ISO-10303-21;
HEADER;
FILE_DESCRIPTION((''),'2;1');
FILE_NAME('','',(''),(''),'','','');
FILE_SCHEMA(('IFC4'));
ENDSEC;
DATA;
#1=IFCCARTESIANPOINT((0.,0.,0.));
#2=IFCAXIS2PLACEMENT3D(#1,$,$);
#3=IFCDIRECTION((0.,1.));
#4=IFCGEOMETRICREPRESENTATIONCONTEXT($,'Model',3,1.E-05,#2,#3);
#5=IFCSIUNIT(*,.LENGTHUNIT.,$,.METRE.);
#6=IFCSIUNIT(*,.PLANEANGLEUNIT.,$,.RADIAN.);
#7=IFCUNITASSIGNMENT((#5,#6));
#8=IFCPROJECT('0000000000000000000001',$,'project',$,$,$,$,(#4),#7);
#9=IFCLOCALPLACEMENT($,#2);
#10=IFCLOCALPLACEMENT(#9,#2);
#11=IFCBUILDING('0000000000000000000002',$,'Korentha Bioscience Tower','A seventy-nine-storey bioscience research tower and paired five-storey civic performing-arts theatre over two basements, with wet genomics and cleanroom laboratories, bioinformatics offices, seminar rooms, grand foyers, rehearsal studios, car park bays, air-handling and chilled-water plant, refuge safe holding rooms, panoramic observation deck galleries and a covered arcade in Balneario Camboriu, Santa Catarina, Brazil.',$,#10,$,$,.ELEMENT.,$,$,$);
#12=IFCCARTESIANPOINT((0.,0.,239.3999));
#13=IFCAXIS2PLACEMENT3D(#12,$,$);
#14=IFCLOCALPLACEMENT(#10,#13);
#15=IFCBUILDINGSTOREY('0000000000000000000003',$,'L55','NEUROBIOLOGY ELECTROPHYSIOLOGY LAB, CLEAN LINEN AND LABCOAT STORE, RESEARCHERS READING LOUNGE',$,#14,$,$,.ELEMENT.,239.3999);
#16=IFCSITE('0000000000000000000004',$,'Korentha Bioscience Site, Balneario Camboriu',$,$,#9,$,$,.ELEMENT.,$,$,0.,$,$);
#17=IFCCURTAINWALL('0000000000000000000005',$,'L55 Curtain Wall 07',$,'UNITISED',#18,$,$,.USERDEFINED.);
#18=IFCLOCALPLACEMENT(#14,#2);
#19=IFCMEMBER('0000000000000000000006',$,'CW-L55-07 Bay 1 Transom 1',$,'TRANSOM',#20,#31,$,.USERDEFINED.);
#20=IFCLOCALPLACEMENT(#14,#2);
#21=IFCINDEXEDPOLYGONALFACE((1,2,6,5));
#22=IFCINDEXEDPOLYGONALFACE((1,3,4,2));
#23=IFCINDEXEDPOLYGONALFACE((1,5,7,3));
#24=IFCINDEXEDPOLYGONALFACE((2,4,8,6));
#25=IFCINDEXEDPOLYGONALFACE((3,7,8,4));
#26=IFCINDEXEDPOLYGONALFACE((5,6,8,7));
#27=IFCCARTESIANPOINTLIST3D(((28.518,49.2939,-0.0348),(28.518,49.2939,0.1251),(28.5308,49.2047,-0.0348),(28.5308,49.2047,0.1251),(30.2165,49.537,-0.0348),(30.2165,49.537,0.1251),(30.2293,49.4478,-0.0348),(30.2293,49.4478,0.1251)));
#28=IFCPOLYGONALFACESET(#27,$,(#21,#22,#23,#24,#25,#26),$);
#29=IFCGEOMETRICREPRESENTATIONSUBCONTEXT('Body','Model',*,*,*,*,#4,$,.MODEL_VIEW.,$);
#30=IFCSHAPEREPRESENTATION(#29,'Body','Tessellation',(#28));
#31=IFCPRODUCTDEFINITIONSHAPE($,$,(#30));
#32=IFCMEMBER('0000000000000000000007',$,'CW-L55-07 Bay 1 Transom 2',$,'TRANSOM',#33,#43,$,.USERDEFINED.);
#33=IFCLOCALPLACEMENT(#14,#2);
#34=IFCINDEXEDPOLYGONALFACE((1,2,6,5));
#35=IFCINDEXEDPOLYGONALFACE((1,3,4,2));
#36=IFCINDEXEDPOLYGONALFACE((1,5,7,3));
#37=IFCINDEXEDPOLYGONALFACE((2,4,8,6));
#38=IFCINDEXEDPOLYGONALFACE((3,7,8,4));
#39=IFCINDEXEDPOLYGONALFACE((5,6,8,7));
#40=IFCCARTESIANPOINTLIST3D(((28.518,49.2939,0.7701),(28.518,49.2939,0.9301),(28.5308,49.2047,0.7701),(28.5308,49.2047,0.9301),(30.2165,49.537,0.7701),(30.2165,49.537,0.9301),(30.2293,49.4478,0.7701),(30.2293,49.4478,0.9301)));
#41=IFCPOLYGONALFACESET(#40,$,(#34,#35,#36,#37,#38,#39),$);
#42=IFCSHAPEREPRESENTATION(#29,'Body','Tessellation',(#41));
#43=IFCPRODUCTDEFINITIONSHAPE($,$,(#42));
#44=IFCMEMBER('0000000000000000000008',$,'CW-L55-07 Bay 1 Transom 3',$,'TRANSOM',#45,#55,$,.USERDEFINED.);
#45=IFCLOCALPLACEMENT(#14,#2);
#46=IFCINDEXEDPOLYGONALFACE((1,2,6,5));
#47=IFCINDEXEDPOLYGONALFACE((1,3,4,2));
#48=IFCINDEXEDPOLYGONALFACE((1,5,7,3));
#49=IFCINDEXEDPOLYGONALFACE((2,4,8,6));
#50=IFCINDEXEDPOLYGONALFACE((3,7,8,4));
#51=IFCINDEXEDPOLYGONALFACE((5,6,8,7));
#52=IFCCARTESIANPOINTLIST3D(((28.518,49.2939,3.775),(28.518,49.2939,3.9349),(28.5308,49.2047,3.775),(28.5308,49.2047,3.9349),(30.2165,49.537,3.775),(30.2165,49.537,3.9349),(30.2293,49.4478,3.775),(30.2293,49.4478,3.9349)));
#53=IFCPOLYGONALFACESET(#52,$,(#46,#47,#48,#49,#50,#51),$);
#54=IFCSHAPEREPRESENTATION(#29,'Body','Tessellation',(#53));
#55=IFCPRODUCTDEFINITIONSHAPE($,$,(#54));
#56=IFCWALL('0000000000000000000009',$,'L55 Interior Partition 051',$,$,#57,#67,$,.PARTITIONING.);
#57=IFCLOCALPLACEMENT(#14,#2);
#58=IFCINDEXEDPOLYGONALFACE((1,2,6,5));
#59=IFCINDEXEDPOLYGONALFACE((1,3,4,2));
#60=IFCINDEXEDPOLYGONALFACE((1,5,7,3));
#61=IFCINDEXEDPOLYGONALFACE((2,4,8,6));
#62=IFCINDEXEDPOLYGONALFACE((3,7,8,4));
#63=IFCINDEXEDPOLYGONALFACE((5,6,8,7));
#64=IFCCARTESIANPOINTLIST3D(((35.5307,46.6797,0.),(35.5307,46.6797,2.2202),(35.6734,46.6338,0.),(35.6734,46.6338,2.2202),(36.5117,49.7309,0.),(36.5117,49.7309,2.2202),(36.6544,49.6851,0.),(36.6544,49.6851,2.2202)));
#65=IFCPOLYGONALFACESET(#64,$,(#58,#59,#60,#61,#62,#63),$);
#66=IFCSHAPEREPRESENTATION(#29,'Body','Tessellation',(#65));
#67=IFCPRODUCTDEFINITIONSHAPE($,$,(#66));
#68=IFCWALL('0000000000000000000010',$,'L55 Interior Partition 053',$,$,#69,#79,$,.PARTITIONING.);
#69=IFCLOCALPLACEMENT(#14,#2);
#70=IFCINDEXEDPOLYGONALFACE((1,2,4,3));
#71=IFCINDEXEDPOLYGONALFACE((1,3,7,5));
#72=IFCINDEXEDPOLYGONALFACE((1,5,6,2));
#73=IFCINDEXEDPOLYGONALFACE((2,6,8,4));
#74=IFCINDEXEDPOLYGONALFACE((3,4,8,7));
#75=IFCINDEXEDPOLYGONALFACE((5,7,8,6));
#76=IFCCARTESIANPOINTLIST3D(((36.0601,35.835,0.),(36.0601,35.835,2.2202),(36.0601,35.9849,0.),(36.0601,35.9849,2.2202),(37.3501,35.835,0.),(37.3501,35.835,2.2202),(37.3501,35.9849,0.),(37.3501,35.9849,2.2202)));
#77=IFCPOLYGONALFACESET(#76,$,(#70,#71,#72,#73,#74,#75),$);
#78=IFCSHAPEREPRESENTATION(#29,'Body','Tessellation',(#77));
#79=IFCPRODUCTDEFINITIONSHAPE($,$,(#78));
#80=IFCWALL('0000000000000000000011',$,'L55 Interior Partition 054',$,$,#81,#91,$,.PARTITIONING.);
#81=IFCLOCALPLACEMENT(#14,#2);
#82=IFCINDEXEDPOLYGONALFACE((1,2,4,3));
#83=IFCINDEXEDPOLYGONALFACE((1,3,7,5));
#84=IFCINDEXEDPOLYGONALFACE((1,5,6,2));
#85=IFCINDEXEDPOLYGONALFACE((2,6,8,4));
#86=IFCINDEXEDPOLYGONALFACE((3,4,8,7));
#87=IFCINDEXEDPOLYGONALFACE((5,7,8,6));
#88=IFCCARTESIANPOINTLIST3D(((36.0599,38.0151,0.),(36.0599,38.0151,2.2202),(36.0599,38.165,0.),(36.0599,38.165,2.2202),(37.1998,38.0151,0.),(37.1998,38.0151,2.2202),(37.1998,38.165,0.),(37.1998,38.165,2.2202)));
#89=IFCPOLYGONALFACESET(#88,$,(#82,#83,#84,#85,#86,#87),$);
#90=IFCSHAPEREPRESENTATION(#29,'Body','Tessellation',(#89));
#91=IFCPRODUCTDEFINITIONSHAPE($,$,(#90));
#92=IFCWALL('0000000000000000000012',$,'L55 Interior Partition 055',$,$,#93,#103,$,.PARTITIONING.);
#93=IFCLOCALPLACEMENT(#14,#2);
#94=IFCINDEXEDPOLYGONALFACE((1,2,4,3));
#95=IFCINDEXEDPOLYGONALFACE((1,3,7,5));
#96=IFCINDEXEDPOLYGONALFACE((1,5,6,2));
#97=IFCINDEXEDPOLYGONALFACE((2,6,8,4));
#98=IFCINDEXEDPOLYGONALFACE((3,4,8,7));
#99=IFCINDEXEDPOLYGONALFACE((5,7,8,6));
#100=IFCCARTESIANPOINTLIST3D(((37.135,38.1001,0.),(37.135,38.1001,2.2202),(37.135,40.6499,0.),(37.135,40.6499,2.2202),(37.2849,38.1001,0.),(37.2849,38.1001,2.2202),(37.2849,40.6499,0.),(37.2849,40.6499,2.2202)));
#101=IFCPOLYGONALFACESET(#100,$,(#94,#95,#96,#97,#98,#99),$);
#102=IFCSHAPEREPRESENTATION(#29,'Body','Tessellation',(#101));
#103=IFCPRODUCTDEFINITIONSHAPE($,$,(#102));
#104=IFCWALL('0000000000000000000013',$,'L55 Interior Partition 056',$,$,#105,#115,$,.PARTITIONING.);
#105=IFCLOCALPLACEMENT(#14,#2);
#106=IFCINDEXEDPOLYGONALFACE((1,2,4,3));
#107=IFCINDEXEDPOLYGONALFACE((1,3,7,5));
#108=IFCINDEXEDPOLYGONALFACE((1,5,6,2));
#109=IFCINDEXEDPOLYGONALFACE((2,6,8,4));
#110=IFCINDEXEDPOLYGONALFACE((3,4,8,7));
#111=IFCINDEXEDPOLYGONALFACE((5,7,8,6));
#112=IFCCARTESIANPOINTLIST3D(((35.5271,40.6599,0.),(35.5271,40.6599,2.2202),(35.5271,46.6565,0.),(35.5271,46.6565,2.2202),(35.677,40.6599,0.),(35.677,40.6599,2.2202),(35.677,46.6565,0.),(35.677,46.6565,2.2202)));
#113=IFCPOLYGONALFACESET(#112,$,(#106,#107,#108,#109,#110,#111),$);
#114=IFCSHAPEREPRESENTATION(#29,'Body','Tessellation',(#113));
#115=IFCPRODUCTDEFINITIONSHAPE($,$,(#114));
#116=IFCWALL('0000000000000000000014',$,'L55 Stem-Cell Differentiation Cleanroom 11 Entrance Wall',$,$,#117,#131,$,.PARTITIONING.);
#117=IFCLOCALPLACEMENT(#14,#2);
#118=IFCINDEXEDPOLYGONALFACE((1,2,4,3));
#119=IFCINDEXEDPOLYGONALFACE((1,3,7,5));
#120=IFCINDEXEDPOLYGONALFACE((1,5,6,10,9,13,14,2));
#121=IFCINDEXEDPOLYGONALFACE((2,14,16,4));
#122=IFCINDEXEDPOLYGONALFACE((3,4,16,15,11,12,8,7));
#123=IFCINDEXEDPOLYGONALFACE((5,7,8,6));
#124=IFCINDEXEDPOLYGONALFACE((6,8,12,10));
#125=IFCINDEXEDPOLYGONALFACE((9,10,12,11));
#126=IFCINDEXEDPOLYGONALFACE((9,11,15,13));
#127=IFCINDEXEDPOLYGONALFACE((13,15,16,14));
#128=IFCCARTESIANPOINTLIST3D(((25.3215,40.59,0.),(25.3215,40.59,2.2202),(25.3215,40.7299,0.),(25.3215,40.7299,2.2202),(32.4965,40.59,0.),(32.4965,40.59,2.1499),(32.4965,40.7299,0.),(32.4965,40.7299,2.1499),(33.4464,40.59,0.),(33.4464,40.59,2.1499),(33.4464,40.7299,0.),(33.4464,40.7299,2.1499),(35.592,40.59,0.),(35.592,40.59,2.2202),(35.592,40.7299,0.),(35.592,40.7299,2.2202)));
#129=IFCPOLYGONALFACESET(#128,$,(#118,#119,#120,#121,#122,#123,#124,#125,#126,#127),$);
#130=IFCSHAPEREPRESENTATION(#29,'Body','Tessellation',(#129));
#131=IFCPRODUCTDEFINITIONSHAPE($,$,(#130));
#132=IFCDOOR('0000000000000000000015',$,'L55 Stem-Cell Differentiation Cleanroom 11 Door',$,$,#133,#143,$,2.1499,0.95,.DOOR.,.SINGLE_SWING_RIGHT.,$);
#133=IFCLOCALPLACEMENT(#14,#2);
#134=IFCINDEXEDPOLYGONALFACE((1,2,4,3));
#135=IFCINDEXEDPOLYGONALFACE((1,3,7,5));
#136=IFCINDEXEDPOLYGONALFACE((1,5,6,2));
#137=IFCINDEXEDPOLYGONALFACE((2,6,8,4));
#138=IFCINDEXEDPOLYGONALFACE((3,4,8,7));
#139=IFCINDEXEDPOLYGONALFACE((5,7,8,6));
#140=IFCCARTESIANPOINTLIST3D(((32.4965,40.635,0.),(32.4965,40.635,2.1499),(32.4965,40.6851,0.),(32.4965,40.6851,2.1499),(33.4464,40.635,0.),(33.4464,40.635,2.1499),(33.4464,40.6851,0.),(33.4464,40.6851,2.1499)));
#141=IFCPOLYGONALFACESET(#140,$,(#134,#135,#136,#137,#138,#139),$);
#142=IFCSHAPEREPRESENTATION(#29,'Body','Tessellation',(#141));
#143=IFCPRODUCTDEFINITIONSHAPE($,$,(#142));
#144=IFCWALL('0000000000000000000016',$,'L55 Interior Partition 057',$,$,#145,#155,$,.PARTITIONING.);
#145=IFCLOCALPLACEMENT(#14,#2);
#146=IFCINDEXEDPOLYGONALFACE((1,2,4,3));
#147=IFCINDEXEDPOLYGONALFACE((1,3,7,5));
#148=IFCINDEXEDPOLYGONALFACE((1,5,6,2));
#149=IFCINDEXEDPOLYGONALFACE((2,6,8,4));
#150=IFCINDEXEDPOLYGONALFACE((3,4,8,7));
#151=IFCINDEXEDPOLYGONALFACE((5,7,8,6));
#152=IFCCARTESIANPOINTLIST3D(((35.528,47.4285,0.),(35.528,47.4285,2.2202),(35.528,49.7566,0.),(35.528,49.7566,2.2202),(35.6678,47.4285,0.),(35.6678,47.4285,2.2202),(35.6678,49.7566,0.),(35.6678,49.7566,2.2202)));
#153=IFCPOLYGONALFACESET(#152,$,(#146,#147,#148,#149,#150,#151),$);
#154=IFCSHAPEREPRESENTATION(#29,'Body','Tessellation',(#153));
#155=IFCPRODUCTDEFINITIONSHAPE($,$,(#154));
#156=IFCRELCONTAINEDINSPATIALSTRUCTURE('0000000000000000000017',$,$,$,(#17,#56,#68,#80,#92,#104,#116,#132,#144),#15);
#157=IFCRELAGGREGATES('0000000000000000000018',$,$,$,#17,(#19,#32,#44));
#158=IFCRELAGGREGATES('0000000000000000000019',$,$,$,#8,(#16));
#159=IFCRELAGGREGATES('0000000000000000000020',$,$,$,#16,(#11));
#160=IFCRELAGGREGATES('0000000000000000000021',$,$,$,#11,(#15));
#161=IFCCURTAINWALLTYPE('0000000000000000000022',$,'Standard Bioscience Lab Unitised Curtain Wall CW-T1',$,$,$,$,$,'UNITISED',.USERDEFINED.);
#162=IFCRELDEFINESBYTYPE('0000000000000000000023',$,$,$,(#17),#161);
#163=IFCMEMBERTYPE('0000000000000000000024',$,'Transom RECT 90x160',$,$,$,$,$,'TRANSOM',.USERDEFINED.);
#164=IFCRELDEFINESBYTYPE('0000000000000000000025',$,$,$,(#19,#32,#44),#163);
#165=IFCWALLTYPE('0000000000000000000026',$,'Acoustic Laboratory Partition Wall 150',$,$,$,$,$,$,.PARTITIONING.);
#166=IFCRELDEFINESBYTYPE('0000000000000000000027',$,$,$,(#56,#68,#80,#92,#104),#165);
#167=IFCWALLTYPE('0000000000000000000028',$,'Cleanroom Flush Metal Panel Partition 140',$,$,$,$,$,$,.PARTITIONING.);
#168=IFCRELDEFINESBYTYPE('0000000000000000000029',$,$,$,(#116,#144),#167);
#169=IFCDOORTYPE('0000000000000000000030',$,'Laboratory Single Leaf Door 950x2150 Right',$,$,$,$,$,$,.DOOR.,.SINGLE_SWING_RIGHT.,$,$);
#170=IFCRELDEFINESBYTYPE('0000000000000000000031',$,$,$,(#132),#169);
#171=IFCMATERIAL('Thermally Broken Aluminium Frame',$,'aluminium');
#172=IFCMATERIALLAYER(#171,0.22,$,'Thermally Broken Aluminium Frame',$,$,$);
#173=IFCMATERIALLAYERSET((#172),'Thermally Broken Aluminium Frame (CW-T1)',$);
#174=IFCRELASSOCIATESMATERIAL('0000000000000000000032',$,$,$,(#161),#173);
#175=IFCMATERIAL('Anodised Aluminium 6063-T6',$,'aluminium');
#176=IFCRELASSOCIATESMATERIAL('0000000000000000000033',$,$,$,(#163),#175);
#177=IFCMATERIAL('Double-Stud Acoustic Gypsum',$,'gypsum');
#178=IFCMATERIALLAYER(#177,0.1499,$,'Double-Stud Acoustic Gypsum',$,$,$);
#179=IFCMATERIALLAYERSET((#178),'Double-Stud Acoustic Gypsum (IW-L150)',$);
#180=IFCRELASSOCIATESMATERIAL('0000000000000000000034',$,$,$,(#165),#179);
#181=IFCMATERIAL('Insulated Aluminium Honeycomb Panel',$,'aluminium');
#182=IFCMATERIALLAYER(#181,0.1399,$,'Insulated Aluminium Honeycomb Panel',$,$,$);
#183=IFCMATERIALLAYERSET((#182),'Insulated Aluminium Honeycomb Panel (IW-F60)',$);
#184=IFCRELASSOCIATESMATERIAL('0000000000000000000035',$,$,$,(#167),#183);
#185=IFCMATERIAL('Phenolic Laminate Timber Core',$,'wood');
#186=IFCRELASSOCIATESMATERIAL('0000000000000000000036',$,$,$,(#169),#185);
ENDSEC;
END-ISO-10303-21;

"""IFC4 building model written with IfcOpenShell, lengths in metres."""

from ifc_helpers import new_model, si_unit, direction, frame, frame_2d, origin, origin_2d, place, context, subcontext, project, spatial, rectangle, extrude, material, layer, layer_set, material_profile, profile_set, type_object, element, fill, aggregate, save


model = new_model("IFC4")

# Units and contexts
model_context = context("Model", 3, precision=1e-05, world=origin(), true_north=direction((0.0, 1.0)))
body_context = subcontext(model_context, "Body", "Model", "MODEL_VIEW")
ifc_project = project(units=[si_unit("LENGTHUNIT", "METRE"), si_unit("PLANEANGLEUNIT", "RADIAN")], contexts=[model_context])

# Site, building, storey
site_placement = place(None, origin())
site = spatial("IfcSite", under=ifc_project, at=site_placement, Name="Korentha Bioscience Site, Balneario Camboriu", CompositionType="ELEMENT", RefElevation=0.0)
building_placement = place(site_placement, origin())
building = spatial("IfcBuilding", under=site, at=building_placement, Name="Korentha Bioscience Tower", Description="A seventy-nine-storey bioscience research tower and paired five-storey civic performing-arts theatre over two basements, with wet genomics and cleanroom laboratories, bioinformatics offices, seminar rooms, grand foyers, rehearsal studios, car park bays, air-handling and chilled-water plant, refuge safe holding rooms, panoramic observation deck galleries and a covered arcade in Balneario Camboriu, Santa Catarina, Brazil.", CompositionType="ELEMENT")
storey_placement = place(building_placement, frame((0.0, 0.0, 239.3999)))
storey = spatial("IfcBuildingStorey", under=building, at=storey_placement, Name="L55", Description="NEUROBIOLOGY ELECTROPHYSIOLOGY LAB, CLEAN LINEN AND LABCOAT STORE, RESEARCHERS READING LOUNGE", CompositionType="ELEMENT", Elevation=239.3999)

# Curtain wall, members
ifc_material_1 = material(Name="Thermally Broken Aluminium Frame", Category="aluminium")
ifc_layer_1 = layer(ifc_material_1, 0.22, Name="Thermally Broken Aluminium Frame")
ifc_layer_set_1 = layer_set([ifc_layer_1], Name="Thermally Broken Aluminium Frame (CW-T1)")
curtain_wall_type = type_object("IfcCurtainWallType", Name="Standard Bioscience Lab Unitised Curtain Wall CW-T1", ElementType="UNITISED", PredefinedType="USERDEFINED", material=ifc_layer_set_1)
curtain_wall_placement = place(storey_placement, origin())
curtain_wall = element("IfcCurtainWall", 1, at=curtain_wall_placement, inside=storey, type_object=curtain_wall_type, Name="L55 Curtain Wall 07", ObjectType="UNITISED", PredefinedType="USERDEFINED")
ifc_material_2 = material(Name="Anodised Aluminium 6063-T6", Category="aluminium")
ifc_material_profile_1 = material_profile(ifc_material_2, rectangle(XDim=0.0901, YDim=0.1599, at=origin_2d()), Name="Anodised Aluminium 6063-T6")
ifc_profile_set_1 = profile_set([ifc_material_profile_1], Name="Anodised Aluminium 6063-T6 (CW-TRN)")
member_type_1 = type_object("IfcMemberType", Name="Transom RECT 90x160", ElementType="TRANSOM", PredefinedType="USERDEFINED", material=ifc_profile_set_1)
member_1_placement = place(storey_placement, frame((30.2229, 49.4924, 0.0452), z_axis=(-0.989907, -0.14172, 0.0), x_axis=(0.14172, -0.989907, 0.0)))
member_1 = element("IfcMember", 2, at=member_1_placement, type_object=member_type_1, Name="CW-L55-07 Bay 1 Transom 1", ObjectType="TRANSOM", PredefinedType="USERDEFINED", context=body_context, shape_type="SweptSolid", body=[
    extrude(rectangle(XDim=0.0901, YDim=0.1599, at=origin_2d()), origin(), (0.0, 0.0, 1.0), 1.7158),
])
member_2_placement = place(storey_placement, frame((30.2229, 49.4924, 0.8501), z_axis=(-0.989907, -0.14172, 0.0), x_axis=(0.14172, -0.989907, 0.0)))
member_2 = element("IfcMember", 3, at=member_2_placement, type_object=member_type_1, Name="CW-L55-07 Bay 1 Transom 2", ObjectType="TRANSOM", PredefinedType="USERDEFINED", context=body_context, shape_type="SweptSolid", body=[
    extrude(rectangle(XDim=0.0901, YDim=0.1599, at=origin_2d()), origin(), (0.0, 0.0, 1.0), 1.7158),
])
member_3_placement = place(storey_placement, frame((30.2229, 49.4924, 3.855), z_axis=(-0.989907, -0.14172, 0.0), x_axis=(0.14172, -0.989907, 0.0)))
member_3 = element("IfcMember", 4, at=member_3_placement, type_object=member_type_1, Name="CW-L55-07 Bay 1 Transom 3", ObjectType="TRANSOM", PredefinedType="USERDEFINED", context=body_context, shape_type="SweptSolid", body=[
    extrude(rectangle(XDim=0.0901, YDim=0.1599, at=origin_2d()), origin(), (0.0, 0.0, 1.0), 1.7158),
])
aggregate(curtain_wall, [member_1, member_2, member_3])

# Shared definitions
ifc_material_3 = material(Name="Double-Stud Acoustic Gypsum", Category="gypsum")
ifc_layer_2 = layer(ifc_material_3, 0.1499, Name="Double-Stud Acoustic Gypsum")
ifc_layer_set_2 = layer_set([ifc_layer_2], Name="Double-Stud Acoustic Gypsum (IW-L150)")
wall_type_1 = type_object("IfcWallType", Name="Acoustic Laboratory Partition Wall 150", PredefinedType="PARTITIONING", material=ifc_layer_set_2)
ifc_material_4 = material(Name="Phenolic Laminate Timber Core", Category="wood")

# Walls
wall_1_placement = place(storey_placement, frame((35.6021, 46.6567, 0.0), z_axis=(0.0, 0.0, 1.0), x_axis=(0.306063, 0.952011, 0.0)))
element("IfcWall", 5, at=wall_1_placement, inside=storey, type_object=wall_type_1, Name="L55 Interior Partition 051", PredefinedType="PARTITIONING", context=body_context, shape_type="SweptSolid", body=[
    extrude(rectangle(XDim=3.2051, YDim=0.1499, at=frame_2d((1.6025, 0.0))), origin(), (0.0, 0.0, 1.0), 2.2202),
])
wall_2_placement = place(storey_placement, frame((37.3501, 35.9099, 0.0), z_axis=(0.0, 0.0, 1.0), x_axis=(-1.0, 0.0, 0.0)))
element("IfcWall", 6, at=wall_2_placement, inside=storey, type_object=wall_type_1, Name="L55 Interior Partition 053", PredefinedType="PARTITIONING", context=body_context, shape_type="SweptSolid", body=[
    extrude(rectangle(XDim=1.29, YDim=0.1499, at=frame_2d((0.645, 0.0))), origin(), (0.0, 0.0, 1.0), 2.2202),
])
wall_3_placement = place(storey_placement, frame((36.0601, 38.0901, 0.0), z_axis=(0.0, 0.0, 1.0), x_axis=(1.0, 0.0, 0.0)))
element("IfcWall", 7, at=wall_3_placement, inside=storey, type_object=wall_type_1, Name="L55 Interior Partition 054", PredefinedType="PARTITIONING", context=body_context, shape_type="SweptSolid", body=[
    extrude(rectangle(XDim=1.1399, YDim=0.1499, at=frame_2d((0.5698, 0.0))), origin(), (0.0, 0.0, 1.0), 2.2202),
])
wall_4_placement = place(storey_placement, frame((37.21, 38.1001, 0.0), z_axis=(0.0, 0.0, 1.0), x_axis=(0.0, 1.0, 0.0)))
element("IfcWall", 8, at=wall_4_placement, inside=storey, type_object=wall_type_1, Name="L55 Interior Partition 055", PredefinedType="PARTITIONING", context=body_context, shape_type="SweptSolid", body=[
    extrude(rectangle(XDim=2.5498, YDim=0.1499, at=frame_2d((1.2749, 0.0))), origin(), (0.0, 0.0, 1.0), 2.2202),
])
wall_5_placement = place(storey_placement, frame((35.6021, 40.6599, 0.0), z_axis=(0.0, 0.0, 1.0), x_axis=(0.0, 1.0, 0.0)))
element("IfcWall", 9, at=wall_5_placement, inside=storey, type_object=wall_type_1, Name="L55 Interior Partition 056", PredefinedType="PARTITIONING", context=body_context, shape_type="SweptSolid", body=[
    extrude(rectangle(XDim=5.9966, YDim=0.1499, at=frame_2d((2.9983, 0.0))), origin(), (0.0, 0.0, 1.0), 2.2202),
])

# Wall, opening, door
ifc_material_5 = material(Name="Insulated Aluminium Honeycomb Panel", Category="aluminium")
ifc_layer_3 = layer(ifc_material_5, 0.1399, Name="Insulated Aluminium Honeycomb Panel")
ifc_layer_set_3 = layer_set([ifc_layer_3], Name="Insulated Aluminium Honeycomb Panel (IW-F60)")
wall_type_2 = type_object("IfcWallType", Name="Cleanroom Flush Metal Panel Partition 140", PredefinedType="PARTITIONING", material=ifc_layer_set_3)
wall_6_placement = place(storey_placement, frame((35.592, 40.6599, 0.0), z_axis=(0.0, 0.0, 1.0), x_axis=(-1.0, 0.0, 0.0)))
wall_6 = element("IfcWall", 10, at=wall_6_placement, inside=storey, type_object=wall_type_2, Name="L55 Stem-Cell Differentiation Cleanroom 11 Entrance Wall", PredefinedType="PARTITIONING", context=body_context, shape_type="SweptSolid", body=[
    extrude(rectangle(XDim=10.2705, YDim=0.1399, at=frame_2d((5.1353, 0.0))), origin(), (0.0, 0.0, 1.0), 2.2202),
])
opening_1_placement = place(wall_6_placement, frame((2.1455, 0.0, 0.0)))
opening_1 = element("IfcOpeningElement", 11, at=opening_1_placement, cuts=wall_6, PredefinedType="OPENING", context=body_context, shape_type="SweptSolid", body=[
    extrude(rectangle(XDim=0.95, YDim=2.1499, at=frame_2d((0.4751, 1.075))), frame((0.0, 0.085, 0.0), z_axis=(0.0, -1.0, 0.0), x_axis=(1.0, 0.0, 0.0)), (0.0, 0.0, 1.0), 0.1697),
])
door_type_1 = type_object("IfcDoorType", Name="Laboratory Single Leaf Door 950x2150 Right", OperationType="SINGLE_SWING_RIGHT", PredefinedType="DOOR", material=ifc_material_4)
door_1_placement = place(opening_1_placement, origin())
door_1 = element("IfcDoor", 12, at=door_1_placement, inside=storey, type_object=door_type_1, Name="L55 Stem-Cell Differentiation Cleanroom 11 Door", OperationType="SINGLE_SWING_RIGHT", OverallHeight=2.1499, OverallWidth=0.95, PredefinedType="DOOR", context=body_context, shape_type="SweptSolid", body=[
    extrude(rectangle(XDim=0.95, YDim=2.1499, at=frame_2d((0.4751, 1.075))), frame((0.0, 0.0249, 0.0), z_axis=(0.0, -1.0, 0.0), x_axis=(1.0, 0.0, 0.0)), (0.0, 0.0, 1.0), 0.05),
])
fill(opening_1, door_1)

# Wall
wall_7_placement = place(storey_placement, frame((35.5979, 49.7566, 0.0), z_axis=(0.0, 0.0, 1.0), x_axis=(0.0, -1.0, 0.0)))
element("IfcWall", 13, at=wall_7_placement, inside=storey, type_object=wall_type_2, Name="L55 Interior Partition 057", PredefinedType="PARTITIONING", context=body_context, shape_type="SweptSolid", body=[
    extrude(rectangle(XDim=2.3281, YDim=0.1399, at=frame_2d((1.1641, 0.0))), origin(), (0.0, 0.0, 1.0), 2.2202),
])

save(model, "model.ifc")
